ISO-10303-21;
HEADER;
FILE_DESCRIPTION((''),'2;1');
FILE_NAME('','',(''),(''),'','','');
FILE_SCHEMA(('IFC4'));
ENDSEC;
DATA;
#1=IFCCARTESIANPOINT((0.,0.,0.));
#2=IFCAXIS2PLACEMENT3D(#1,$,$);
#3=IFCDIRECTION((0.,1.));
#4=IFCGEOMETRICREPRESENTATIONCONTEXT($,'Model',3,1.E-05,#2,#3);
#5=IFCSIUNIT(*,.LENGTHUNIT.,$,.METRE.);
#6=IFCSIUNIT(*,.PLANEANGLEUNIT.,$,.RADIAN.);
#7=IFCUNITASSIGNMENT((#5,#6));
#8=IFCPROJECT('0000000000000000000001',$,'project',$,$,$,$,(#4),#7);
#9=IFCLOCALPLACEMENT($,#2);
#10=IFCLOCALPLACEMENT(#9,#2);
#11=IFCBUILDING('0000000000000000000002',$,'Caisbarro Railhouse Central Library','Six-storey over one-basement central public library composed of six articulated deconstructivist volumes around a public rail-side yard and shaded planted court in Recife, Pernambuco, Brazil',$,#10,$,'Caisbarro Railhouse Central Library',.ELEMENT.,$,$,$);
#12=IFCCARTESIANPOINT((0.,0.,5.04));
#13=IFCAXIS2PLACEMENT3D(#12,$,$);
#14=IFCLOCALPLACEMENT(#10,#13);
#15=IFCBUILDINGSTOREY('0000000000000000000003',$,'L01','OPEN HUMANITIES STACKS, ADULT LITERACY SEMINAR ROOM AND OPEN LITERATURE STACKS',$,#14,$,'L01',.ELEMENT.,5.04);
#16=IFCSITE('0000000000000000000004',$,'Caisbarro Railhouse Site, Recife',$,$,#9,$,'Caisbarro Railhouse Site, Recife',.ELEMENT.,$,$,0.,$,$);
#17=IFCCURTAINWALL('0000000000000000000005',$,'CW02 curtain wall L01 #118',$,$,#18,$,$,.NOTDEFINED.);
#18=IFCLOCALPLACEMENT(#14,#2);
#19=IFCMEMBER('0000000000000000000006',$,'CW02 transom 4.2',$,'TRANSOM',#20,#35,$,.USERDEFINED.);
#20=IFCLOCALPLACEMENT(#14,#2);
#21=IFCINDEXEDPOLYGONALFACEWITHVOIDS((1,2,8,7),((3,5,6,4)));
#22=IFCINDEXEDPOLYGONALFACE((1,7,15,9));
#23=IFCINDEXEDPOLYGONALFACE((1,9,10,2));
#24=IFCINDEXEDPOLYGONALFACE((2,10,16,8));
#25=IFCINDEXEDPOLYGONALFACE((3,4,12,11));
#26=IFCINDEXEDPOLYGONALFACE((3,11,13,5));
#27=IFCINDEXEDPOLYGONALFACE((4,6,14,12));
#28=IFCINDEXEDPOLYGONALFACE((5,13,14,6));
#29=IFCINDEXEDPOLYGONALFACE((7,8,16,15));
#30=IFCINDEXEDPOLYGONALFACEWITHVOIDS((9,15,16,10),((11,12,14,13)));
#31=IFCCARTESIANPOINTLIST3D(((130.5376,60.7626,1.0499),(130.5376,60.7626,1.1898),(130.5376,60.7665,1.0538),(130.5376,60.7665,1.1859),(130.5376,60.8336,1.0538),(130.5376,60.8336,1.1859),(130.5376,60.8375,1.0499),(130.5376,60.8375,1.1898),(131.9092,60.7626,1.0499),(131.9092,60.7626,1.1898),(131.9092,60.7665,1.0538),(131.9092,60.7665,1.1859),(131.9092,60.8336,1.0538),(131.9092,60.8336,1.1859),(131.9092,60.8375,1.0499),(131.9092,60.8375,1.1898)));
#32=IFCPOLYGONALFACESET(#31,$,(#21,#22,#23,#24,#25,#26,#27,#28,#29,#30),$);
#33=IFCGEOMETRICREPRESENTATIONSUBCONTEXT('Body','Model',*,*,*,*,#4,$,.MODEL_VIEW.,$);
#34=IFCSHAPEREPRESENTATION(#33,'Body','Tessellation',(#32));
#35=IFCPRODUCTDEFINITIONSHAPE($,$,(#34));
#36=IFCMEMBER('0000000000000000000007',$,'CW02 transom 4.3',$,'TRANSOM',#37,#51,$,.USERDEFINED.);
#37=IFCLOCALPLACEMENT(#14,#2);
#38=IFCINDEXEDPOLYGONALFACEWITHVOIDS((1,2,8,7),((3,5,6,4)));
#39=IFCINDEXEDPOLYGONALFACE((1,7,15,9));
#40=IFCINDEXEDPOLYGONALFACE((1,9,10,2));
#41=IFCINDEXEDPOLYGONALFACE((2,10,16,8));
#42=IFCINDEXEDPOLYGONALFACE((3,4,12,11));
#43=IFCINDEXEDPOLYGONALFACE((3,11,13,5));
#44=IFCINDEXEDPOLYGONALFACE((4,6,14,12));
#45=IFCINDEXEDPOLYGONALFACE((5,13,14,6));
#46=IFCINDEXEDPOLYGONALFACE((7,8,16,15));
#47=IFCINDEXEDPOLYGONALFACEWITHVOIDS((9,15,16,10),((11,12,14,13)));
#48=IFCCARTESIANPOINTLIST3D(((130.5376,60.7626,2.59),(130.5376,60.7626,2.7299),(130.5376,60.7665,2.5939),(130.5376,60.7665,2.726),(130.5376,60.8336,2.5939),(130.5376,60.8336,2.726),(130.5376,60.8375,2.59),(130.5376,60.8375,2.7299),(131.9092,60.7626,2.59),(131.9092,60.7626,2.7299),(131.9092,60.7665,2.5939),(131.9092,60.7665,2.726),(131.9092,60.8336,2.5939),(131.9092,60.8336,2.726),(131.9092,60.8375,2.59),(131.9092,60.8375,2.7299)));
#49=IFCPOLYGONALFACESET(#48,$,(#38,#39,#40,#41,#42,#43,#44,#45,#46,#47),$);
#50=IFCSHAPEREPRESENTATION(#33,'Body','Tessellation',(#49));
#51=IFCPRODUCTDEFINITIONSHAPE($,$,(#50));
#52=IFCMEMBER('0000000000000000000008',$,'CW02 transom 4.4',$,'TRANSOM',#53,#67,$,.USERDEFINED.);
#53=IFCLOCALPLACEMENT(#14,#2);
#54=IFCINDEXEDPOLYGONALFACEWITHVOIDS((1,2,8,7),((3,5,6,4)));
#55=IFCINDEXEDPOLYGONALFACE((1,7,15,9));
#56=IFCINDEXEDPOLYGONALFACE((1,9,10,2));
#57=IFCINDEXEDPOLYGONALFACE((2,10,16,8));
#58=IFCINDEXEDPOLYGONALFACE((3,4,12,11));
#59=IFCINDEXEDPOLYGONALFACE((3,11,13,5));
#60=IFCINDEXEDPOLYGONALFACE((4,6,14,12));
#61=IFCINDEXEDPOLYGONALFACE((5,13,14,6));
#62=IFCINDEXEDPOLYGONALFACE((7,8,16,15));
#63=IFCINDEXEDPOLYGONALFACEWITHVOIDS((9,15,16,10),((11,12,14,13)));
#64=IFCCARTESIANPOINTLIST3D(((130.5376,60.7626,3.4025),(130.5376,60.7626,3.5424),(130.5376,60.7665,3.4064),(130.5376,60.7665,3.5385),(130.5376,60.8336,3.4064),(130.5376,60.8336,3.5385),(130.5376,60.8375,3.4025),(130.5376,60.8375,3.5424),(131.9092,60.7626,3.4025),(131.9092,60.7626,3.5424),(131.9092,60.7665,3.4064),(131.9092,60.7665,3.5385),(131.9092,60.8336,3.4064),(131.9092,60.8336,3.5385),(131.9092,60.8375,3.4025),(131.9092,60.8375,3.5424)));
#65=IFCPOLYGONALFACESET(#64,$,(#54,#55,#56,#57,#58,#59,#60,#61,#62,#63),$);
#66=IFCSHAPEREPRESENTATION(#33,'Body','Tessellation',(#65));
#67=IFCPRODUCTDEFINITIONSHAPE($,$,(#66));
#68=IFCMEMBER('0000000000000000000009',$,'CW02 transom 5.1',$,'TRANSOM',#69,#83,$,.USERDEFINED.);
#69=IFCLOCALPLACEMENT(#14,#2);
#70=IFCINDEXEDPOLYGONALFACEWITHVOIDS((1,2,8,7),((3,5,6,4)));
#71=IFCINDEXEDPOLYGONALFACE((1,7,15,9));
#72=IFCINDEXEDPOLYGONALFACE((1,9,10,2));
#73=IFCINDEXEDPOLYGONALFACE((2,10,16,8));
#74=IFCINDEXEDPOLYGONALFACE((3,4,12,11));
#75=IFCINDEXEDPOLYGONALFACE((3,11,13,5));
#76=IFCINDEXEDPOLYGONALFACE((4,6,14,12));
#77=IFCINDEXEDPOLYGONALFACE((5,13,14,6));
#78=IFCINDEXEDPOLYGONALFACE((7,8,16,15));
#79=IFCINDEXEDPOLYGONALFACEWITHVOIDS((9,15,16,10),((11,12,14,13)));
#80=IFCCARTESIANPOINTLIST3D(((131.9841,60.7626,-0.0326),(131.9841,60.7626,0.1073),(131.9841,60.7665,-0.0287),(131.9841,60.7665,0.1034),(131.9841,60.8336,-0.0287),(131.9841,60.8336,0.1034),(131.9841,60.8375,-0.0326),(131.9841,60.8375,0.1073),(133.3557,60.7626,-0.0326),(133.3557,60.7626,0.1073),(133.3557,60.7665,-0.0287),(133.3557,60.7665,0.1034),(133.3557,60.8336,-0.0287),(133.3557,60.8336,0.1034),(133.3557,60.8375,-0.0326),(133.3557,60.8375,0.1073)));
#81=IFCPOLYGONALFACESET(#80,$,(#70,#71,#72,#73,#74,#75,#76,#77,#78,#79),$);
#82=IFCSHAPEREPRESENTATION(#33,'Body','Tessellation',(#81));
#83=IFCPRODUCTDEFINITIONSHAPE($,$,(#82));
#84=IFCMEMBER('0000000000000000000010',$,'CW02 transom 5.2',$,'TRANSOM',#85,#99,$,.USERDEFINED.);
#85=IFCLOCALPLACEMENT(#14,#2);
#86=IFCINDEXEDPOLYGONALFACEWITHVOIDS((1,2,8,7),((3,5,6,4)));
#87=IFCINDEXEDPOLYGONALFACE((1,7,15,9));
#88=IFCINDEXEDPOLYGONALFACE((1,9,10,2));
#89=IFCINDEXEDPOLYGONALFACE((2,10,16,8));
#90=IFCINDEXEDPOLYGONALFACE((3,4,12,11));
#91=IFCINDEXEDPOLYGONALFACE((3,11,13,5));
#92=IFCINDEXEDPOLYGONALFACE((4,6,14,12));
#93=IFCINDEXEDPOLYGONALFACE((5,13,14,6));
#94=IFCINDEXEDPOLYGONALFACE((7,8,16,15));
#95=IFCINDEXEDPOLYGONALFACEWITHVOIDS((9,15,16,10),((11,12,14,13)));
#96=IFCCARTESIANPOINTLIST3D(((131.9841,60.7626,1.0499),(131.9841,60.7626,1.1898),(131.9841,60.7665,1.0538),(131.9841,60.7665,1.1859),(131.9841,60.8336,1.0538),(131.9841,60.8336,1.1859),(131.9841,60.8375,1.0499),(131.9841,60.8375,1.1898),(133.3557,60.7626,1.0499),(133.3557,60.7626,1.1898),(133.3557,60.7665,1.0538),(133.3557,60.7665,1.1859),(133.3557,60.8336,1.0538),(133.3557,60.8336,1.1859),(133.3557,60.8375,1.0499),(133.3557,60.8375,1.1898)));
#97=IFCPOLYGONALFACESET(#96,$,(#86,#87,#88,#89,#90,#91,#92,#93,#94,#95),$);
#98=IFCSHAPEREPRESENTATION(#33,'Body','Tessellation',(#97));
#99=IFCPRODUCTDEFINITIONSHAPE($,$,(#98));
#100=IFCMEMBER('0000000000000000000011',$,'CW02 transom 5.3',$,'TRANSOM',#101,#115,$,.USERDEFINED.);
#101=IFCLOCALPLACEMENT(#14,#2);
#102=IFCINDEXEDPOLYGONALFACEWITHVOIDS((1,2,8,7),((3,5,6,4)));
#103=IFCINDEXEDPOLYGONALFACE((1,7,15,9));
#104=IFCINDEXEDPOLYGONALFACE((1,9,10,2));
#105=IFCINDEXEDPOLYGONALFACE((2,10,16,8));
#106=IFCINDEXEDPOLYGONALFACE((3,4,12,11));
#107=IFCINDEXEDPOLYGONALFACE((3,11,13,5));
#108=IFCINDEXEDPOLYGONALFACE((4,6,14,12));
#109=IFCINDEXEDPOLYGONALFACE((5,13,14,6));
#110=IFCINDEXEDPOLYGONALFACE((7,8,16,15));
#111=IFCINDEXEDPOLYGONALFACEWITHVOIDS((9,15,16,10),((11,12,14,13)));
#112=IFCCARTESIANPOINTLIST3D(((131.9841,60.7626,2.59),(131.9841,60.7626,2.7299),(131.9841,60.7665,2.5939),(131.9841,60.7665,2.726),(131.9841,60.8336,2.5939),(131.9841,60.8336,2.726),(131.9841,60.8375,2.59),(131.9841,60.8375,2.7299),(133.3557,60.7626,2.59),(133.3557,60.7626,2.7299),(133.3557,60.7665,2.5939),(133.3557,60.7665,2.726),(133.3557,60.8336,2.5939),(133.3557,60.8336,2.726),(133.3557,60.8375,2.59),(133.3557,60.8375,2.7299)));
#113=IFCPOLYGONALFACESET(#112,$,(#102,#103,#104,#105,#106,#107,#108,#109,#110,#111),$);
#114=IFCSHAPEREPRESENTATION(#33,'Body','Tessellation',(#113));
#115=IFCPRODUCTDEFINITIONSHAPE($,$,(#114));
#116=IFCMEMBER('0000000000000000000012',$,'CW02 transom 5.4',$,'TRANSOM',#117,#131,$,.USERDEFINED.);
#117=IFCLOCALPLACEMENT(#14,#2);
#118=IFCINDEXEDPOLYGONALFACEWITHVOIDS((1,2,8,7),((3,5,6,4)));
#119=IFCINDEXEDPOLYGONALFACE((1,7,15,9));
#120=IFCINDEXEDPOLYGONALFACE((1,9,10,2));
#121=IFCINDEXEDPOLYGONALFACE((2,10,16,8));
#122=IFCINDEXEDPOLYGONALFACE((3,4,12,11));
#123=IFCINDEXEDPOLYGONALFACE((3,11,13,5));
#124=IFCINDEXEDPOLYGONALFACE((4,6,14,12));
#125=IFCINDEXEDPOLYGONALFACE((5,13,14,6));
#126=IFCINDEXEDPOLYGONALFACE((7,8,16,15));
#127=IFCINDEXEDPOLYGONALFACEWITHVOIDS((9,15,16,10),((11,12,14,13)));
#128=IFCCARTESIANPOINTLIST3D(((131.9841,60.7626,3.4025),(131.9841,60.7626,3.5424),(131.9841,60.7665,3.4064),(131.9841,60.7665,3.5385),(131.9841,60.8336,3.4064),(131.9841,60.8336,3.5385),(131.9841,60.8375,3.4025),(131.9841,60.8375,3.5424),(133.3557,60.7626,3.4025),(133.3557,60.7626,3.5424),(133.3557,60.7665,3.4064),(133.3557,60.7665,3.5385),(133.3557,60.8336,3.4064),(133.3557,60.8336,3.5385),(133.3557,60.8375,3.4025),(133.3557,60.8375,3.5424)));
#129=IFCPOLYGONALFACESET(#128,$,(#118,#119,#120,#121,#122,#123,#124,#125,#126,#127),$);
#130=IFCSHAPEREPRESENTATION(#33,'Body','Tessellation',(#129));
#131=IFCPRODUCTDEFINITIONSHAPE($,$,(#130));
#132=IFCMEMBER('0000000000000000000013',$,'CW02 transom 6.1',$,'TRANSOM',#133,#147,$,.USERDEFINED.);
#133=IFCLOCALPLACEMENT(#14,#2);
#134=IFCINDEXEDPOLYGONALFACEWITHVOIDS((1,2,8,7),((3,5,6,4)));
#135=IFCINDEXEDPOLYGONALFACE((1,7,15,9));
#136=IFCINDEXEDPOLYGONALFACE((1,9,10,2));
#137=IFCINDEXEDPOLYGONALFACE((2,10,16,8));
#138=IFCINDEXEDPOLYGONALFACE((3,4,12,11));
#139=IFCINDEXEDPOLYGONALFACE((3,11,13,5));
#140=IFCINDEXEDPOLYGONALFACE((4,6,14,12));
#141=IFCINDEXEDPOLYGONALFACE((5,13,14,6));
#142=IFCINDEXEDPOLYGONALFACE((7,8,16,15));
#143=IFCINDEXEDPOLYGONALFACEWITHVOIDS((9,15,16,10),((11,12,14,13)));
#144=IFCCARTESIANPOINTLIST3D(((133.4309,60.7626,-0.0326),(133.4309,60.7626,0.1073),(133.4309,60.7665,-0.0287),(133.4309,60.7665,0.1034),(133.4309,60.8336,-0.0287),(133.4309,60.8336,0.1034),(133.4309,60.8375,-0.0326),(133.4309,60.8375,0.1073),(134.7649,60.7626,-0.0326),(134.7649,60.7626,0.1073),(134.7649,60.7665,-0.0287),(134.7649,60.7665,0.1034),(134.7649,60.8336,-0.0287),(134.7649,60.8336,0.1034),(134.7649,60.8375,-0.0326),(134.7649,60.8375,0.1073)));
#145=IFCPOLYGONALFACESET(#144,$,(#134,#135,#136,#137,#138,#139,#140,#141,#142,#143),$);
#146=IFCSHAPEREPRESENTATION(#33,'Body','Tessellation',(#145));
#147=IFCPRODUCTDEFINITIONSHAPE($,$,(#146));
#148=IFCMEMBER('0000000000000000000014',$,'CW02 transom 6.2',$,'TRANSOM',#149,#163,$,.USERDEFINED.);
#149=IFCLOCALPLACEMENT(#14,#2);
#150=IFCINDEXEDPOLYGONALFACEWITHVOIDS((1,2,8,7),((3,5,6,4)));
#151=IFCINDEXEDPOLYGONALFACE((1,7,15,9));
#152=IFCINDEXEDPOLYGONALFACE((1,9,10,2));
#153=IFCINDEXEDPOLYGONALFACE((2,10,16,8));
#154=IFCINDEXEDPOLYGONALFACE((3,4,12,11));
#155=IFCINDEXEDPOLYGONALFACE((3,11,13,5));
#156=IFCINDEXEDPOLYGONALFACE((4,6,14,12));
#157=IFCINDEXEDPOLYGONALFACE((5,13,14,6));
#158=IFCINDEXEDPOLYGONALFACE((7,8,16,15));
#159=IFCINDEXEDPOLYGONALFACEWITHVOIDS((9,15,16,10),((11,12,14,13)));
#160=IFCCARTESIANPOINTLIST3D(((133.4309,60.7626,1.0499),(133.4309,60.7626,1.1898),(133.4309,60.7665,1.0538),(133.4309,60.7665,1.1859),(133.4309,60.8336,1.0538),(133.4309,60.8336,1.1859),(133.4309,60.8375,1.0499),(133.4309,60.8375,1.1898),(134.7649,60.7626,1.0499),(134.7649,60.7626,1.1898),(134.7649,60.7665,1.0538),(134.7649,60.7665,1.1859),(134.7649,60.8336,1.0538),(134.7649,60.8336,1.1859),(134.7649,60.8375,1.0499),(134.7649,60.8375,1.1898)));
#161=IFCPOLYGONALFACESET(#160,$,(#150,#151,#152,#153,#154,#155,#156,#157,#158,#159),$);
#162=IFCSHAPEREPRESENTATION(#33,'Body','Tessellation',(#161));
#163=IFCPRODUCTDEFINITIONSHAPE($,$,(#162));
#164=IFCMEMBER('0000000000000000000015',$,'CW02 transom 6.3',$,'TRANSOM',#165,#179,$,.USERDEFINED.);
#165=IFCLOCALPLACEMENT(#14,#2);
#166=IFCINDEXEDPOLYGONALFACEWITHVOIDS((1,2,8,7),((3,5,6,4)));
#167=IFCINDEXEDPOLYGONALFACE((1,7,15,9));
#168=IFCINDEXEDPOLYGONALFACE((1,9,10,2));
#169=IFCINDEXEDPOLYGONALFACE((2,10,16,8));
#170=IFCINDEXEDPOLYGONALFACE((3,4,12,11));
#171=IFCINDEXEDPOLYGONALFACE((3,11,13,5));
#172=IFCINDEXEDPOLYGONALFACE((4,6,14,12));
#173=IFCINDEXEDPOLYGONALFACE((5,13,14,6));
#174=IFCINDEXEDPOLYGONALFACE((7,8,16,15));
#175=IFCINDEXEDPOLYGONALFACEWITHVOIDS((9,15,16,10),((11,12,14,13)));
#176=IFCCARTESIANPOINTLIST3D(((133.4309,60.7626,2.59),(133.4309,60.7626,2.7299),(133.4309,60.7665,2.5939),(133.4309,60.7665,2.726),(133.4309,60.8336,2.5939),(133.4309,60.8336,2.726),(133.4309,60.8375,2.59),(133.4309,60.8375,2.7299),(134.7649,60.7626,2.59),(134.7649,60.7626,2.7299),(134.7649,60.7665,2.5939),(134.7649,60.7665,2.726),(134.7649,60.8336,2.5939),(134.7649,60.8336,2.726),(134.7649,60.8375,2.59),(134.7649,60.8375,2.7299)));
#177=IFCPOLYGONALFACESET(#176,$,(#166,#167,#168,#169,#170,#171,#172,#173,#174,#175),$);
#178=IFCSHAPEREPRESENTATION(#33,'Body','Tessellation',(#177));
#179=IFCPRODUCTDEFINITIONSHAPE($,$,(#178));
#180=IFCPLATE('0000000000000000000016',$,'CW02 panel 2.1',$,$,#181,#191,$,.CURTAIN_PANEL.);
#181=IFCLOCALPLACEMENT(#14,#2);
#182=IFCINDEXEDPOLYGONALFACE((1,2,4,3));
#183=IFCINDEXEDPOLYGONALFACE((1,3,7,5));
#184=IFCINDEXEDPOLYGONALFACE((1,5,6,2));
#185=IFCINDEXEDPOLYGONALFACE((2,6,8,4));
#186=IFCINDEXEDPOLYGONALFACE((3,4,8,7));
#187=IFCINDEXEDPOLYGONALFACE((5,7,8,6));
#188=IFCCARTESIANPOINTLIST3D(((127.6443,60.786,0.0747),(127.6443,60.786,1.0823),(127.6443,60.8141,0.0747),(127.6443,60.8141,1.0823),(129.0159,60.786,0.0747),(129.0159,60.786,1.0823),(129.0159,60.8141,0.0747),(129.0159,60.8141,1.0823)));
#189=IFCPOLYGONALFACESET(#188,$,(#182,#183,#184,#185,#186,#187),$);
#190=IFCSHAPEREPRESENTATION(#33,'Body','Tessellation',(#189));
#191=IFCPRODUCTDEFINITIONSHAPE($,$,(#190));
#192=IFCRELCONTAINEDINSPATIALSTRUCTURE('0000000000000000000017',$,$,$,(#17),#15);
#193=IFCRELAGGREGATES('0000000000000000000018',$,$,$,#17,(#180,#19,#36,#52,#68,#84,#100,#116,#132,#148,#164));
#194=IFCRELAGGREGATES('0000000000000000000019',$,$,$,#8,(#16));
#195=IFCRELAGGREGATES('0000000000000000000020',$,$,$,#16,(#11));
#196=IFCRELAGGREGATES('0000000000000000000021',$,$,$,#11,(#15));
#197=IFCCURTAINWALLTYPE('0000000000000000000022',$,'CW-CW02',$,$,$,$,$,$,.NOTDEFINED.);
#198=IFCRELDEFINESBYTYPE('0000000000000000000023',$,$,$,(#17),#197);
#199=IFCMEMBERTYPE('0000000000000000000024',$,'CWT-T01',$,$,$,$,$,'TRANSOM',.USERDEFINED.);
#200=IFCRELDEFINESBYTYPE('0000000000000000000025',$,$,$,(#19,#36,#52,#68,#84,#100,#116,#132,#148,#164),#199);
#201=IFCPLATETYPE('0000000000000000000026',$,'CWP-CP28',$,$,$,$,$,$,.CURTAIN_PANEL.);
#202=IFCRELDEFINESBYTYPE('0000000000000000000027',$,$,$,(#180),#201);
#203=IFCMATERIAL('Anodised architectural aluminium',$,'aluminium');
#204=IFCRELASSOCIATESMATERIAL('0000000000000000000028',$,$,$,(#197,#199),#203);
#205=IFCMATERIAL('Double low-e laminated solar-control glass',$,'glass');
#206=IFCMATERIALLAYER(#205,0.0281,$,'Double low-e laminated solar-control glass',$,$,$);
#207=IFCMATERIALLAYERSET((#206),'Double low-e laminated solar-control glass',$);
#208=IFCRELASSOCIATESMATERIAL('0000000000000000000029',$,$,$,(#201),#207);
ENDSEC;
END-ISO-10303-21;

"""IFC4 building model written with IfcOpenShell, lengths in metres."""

from ifc_helpers import new_model, si_unit, direction, frame, origin, origin_2d, place, context, subcontext, project, spatial, rectangle, hollow_rectangle, extrude, material, layer, layer_set, material_profile, profile_set, type_object, element, aggregate, save


model = new_model("IFC4")

# Units and contexts
model_context = context("Model", 3, precision=1e-05, world=origin(), true_north=direction((0.0, 1.0)))
body_context = subcontext(model_context, "Body", "Model", "MODEL_VIEW")
ifc_project = project(units=[si_unit("LENGTHUNIT", "METRE"), si_unit("PLANEANGLEUNIT", "RADIAN")], contexts=[model_context])

# Site, building, storey
site_placement = place(None, origin())
site = spatial("IfcSite", under=ifc_project, at=site_placement, Name="Caisbarro Railhouse Site, Recife", LongName="Caisbarro Railhouse Site, Recife", CompositionType="ELEMENT", RefElevation=0.0)
building_placement = place(site_placement, origin())
building = spatial("IfcBuilding", under=site, at=building_placement, Name="Caisbarro Railhouse Central Library", Description="Six-storey over one-basement central public library composed of six articulated deconstructivist volumes around a public rail-side yard and shaded planted court in Recife, Pernambuco, Brazil", LongName="Caisbarro Railhouse Central Library", CompositionType="ELEMENT")
storey_placement = place(building_placement, frame((0.0, 0.0, 5.04)))
storey = spatial("IfcBuildingStorey", under=building, at=storey_placement, Name="L01", Description="OPEN HUMANITIES STACKS, ADULT LITERACY SEMINAR ROOM AND OPEN LITERATURE STACKS", LongName="L01", CompositionType="ELEMENT", Elevation=5.04)

# Curtain wall, members, plate
ifc_material_1 = material(Name="Anodised architectural aluminium", Category="aluminium")
curtain_wall_type = type_object("IfcCurtainWallType", Name="CW-CW02", PredefinedType="NOTDEFINED", material=ifc_material_1)
curtain_wall_placement = place(storey_placement, origin())
curtain_wall = element("IfcCurtainWall", 1, at=curtain_wall_placement, inside=storey, type_object=curtain_wall_type, Name="CW02 curtain wall L01 #118", PredefinedType="NOTDEFINED")
ifc_material_profile_1 = material_profile(ifc_material_1, hollow_rectangle(XDim=0.075, YDim=0.1399, WallThickness=0.0039, at=origin_2d()), Name="ALU-TRN-75X140")
ifc_profile_set_1 = profile_set([ifc_material_profile_1], Name="Anodised architectural aluminium")
member_type_1 = type_object("IfcMemberType", Name="CWT-T01", ElementType="TRANSOM", PredefinedType="USERDEFINED", material=ifc_profile_set_1)
member_1_placement = place(storey_placement, frame((130.5376, 60.8, 1.1199), z_axis=(1.0, 0.0, 0.0), x_axis=(0.0, 1.0, 0.0)))
member_1 = element("IfcMember", 2, at=member_1_placement, type_object=member_type_1, Name="CW02 transom 4.2", ObjectType="TRANSOM", PredefinedType="USERDEFINED", context=body_context, shape_type="SweptSolid", body=[
    extrude(hollow_rectangle(XDim=0.075, YDim=0.1399, WallThickness=0.0039, at=origin_2d()), origin(), (0.0, 0.0, 1.0), 1.3716),
])
member_2_placement = place(storey_placement, frame((130.5376, 60.8, 2.6599), z_axis=(1.0, 0.0, 0.0), x_axis=(0.0, 1.0, 0.0)))
member_2 = element("IfcMember", 3, at=member_2_placement, type_object=member_type_1, Name="CW02 transom 4.3", ObjectType="TRANSOM", PredefinedType="USERDEFINED", context=body_context, shape_type="SweptSolid", body=[
    extrude(hollow_rectangle(XDim=0.075, YDim=0.1399, WallThickness=0.0039, at=origin_2d()), origin(), (0.0, 0.0, 1.0), 1.3716),
])
member_3_placement = place(storey_placement, frame((130.5376, 60.8, 3.4724), z_axis=(1.0, 0.0, 0.0), x_axis=(0.0, 1.0, 0.0)))
member_3 = element("IfcMember", 4, at=member_3_placement, type_object=member_type_1, Name="CW02 transom 4.4", ObjectType="TRANSOM", PredefinedType="USERDEFINED", context=body_context, shape_type="SweptSolid", body=[
    extrude(hollow_rectangle(XDim=0.075, YDim=0.1399, WallThickness=0.0039, at=origin_2d()), origin(), (0.0, 0.0, 1.0), 1.3716),
])
member_4_placement = place(storey_placement, frame((131.9841, 60.8, 0.0374), z_axis=(1.0, 0.0, 0.0), x_axis=(0.0, 1.0, 0.0)))
member_4 = element("IfcMember", 5, at=member_4_placement, type_object=member_type_1, Name="CW02 transom 5.1", ObjectType="TRANSOM", PredefinedType="USERDEFINED", context=body_context, shape_type="SweptSolid", body=[
    extrude(hollow_rectangle(XDim=0.075, YDim=0.1399, WallThickness=0.0039, at=origin_2d()), origin(), (0.0, 0.0, 1.0), 1.3716),
])
member_5_placement = place(storey_placement, frame((131.9841, 60.8, 1.1199), z_axis=(1.0, 0.0, 0.0), x_axis=(0.0, 1.0, 0.0)))
member_5 = element("IfcMember", 6, at=member_5_placement, type_object=member_type_1, Name="CW02 transom 5.2", ObjectType="TRANSOM", PredefinedType="USERDEFINED", context=body_context, shape_type="SweptSolid", body=[
    extrude(hollow_rectangle(XDim=0.075, YDim=0.1399, WallThickness=0.0039, at=origin_2d()), origin(), (0.0, 0.0, 1.0), 1.3716),
])
member_6_placement = place(storey_placement, frame((131.9841, 60.8, 2.6599), z_axis=(1.0, 0.0, 0.0), x_axis=(0.0, 1.0, 0.0)))
member_6 = element("IfcMember", 7, at=member_6_placement, type_object=member_type_1, Name="CW02 transom 5.3", ObjectType="TRANSOM", PredefinedType="USERDEFINED", context=body_context, shape_type="SweptSolid", body=[
    extrude(hollow_rectangle(XDim=0.075, YDim=0.1399, WallThickness=0.0039, at=origin_2d()), origin(), (0.0, 0.0, 1.0), 1.3716),
])
member_7_placement = place(storey_placement, frame((131.9841, 60.8, 3.4724), z_axis=(1.0, 0.0, 0.0), x_axis=(0.0, 1.0, 0.0)))
member_7 = element("IfcMember", 8, at=member_7_placement, type_object=member_type_1, Name="CW02 transom 5.4", ObjectType="TRANSOM", PredefinedType="USERDEFINED", context=body_context, shape_type="SweptSolid", body=[
    extrude(hollow_rectangle(XDim=0.075, YDim=0.1399, WallThickness=0.0039, at=origin_2d()), origin(), (0.0, 0.0, 1.0), 1.3716),
])
member_8_placement = place(storey_placement, frame((133.4309, 60.8, 0.0374), z_axis=(1.0, 0.0, 0.0), x_axis=(0.0, 1.0, 0.0)))
member_8 = element("IfcMember", 9, at=member_8_placement, type_object=member_type_1, Name="CW02 transom 6.1", ObjectType="TRANSOM", PredefinedType="USERDEFINED", context=body_context, shape_type="SweptSolid", body=[
    extrude(hollow_rectangle(XDim=0.075, YDim=0.1399, WallThickness=0.0039, at=origin_2d()), origin(), (0.0, 0.0, 1.0), 1.334),
])
member_9_placement = place(storey_placement, frame((133.4309, 60.8, 1.1199), z_axis=(1.0, 0.0, 0.0), x_axis=(0.0, 1.0, 0.0)))
member_9 = element("IfcMember", 10, at=member_9_placement, type_object=member_type_1, Name="CW02 transom 6.2", ObjectType="TRANSOM", PredefinedType="USERDEFINED", context=body_context, shape_type="SweptSolid", body=[
    extrude(hollow_rectangle(XDim=0.075, YDim=0.1399, WallThickness=0.0039, at=origin_2d()), origin(), (0.0, 0.0, 1.0), 1.334),
])
member_10_placement = place(storey_placement, frame((133.4309, 60.8, 2.6599), z_axis=(1.0, 0.0, 0.0), x_axis=(0.0, 1.0, 0.0)))
member_10 = element("IfcMember", 11, at=member_10_placement, type_object=member_type_1, Name="CW02 transom 6.3", ObjectType="TRANSOM", PredefinedType="USERDEFINED", context=body_context, shape_type="SweptSolid", body=[
    extrude(hollow_rectangle(XDim=0.075, YDim=0.1399, WallThickness=0.0039, at=origin_2d()), origin(), (0.0, 0.0, 1.0), 1.334),
])
ifc_material_2 = material(Name="Double low-e laminated solar-control glass", Category="glass")
ifc_layer = layer(ifc_material_2, 0.0281, Name="Double low-e laminated solar-control glass")
ifc_layer_set = layer_set([ifc_layer], Name="Double low-e laminated solar-control glass")
plate_type = type_object("IfcPlateType", Name="CWP-CP28", PredefinedType="CURTAIN_PANEL", material=ifc_layer_set)
plate_1_placement = place(storey_placement, frame((128.3301, 60.8, 0.0747), z_axis=(0.0, 0.0, 1.0), x_axis=(1.0, 0.0, 0.0)))
plate_1 = element("IfcPlate", 12, at=plate_1_placement, type_object=plate_type, Name="CW02 panel 2.1", PredefinedType="CURTAIN_PANEL", context=body_context, shape_type="SweptSolid", body=[
    extrude(rectangle(XDim=1.3716, YDim=0.0281, at=origin_2d()), origin(), (0.0, 0.0, 1.0), 1.0076),
])
aggregate(curtain_wall, [plate_1, member_1, member_2, member_3, member_4, member_5, member_6, member_7, member_8, member_9, member_10])

save(model, "model.ifc")
